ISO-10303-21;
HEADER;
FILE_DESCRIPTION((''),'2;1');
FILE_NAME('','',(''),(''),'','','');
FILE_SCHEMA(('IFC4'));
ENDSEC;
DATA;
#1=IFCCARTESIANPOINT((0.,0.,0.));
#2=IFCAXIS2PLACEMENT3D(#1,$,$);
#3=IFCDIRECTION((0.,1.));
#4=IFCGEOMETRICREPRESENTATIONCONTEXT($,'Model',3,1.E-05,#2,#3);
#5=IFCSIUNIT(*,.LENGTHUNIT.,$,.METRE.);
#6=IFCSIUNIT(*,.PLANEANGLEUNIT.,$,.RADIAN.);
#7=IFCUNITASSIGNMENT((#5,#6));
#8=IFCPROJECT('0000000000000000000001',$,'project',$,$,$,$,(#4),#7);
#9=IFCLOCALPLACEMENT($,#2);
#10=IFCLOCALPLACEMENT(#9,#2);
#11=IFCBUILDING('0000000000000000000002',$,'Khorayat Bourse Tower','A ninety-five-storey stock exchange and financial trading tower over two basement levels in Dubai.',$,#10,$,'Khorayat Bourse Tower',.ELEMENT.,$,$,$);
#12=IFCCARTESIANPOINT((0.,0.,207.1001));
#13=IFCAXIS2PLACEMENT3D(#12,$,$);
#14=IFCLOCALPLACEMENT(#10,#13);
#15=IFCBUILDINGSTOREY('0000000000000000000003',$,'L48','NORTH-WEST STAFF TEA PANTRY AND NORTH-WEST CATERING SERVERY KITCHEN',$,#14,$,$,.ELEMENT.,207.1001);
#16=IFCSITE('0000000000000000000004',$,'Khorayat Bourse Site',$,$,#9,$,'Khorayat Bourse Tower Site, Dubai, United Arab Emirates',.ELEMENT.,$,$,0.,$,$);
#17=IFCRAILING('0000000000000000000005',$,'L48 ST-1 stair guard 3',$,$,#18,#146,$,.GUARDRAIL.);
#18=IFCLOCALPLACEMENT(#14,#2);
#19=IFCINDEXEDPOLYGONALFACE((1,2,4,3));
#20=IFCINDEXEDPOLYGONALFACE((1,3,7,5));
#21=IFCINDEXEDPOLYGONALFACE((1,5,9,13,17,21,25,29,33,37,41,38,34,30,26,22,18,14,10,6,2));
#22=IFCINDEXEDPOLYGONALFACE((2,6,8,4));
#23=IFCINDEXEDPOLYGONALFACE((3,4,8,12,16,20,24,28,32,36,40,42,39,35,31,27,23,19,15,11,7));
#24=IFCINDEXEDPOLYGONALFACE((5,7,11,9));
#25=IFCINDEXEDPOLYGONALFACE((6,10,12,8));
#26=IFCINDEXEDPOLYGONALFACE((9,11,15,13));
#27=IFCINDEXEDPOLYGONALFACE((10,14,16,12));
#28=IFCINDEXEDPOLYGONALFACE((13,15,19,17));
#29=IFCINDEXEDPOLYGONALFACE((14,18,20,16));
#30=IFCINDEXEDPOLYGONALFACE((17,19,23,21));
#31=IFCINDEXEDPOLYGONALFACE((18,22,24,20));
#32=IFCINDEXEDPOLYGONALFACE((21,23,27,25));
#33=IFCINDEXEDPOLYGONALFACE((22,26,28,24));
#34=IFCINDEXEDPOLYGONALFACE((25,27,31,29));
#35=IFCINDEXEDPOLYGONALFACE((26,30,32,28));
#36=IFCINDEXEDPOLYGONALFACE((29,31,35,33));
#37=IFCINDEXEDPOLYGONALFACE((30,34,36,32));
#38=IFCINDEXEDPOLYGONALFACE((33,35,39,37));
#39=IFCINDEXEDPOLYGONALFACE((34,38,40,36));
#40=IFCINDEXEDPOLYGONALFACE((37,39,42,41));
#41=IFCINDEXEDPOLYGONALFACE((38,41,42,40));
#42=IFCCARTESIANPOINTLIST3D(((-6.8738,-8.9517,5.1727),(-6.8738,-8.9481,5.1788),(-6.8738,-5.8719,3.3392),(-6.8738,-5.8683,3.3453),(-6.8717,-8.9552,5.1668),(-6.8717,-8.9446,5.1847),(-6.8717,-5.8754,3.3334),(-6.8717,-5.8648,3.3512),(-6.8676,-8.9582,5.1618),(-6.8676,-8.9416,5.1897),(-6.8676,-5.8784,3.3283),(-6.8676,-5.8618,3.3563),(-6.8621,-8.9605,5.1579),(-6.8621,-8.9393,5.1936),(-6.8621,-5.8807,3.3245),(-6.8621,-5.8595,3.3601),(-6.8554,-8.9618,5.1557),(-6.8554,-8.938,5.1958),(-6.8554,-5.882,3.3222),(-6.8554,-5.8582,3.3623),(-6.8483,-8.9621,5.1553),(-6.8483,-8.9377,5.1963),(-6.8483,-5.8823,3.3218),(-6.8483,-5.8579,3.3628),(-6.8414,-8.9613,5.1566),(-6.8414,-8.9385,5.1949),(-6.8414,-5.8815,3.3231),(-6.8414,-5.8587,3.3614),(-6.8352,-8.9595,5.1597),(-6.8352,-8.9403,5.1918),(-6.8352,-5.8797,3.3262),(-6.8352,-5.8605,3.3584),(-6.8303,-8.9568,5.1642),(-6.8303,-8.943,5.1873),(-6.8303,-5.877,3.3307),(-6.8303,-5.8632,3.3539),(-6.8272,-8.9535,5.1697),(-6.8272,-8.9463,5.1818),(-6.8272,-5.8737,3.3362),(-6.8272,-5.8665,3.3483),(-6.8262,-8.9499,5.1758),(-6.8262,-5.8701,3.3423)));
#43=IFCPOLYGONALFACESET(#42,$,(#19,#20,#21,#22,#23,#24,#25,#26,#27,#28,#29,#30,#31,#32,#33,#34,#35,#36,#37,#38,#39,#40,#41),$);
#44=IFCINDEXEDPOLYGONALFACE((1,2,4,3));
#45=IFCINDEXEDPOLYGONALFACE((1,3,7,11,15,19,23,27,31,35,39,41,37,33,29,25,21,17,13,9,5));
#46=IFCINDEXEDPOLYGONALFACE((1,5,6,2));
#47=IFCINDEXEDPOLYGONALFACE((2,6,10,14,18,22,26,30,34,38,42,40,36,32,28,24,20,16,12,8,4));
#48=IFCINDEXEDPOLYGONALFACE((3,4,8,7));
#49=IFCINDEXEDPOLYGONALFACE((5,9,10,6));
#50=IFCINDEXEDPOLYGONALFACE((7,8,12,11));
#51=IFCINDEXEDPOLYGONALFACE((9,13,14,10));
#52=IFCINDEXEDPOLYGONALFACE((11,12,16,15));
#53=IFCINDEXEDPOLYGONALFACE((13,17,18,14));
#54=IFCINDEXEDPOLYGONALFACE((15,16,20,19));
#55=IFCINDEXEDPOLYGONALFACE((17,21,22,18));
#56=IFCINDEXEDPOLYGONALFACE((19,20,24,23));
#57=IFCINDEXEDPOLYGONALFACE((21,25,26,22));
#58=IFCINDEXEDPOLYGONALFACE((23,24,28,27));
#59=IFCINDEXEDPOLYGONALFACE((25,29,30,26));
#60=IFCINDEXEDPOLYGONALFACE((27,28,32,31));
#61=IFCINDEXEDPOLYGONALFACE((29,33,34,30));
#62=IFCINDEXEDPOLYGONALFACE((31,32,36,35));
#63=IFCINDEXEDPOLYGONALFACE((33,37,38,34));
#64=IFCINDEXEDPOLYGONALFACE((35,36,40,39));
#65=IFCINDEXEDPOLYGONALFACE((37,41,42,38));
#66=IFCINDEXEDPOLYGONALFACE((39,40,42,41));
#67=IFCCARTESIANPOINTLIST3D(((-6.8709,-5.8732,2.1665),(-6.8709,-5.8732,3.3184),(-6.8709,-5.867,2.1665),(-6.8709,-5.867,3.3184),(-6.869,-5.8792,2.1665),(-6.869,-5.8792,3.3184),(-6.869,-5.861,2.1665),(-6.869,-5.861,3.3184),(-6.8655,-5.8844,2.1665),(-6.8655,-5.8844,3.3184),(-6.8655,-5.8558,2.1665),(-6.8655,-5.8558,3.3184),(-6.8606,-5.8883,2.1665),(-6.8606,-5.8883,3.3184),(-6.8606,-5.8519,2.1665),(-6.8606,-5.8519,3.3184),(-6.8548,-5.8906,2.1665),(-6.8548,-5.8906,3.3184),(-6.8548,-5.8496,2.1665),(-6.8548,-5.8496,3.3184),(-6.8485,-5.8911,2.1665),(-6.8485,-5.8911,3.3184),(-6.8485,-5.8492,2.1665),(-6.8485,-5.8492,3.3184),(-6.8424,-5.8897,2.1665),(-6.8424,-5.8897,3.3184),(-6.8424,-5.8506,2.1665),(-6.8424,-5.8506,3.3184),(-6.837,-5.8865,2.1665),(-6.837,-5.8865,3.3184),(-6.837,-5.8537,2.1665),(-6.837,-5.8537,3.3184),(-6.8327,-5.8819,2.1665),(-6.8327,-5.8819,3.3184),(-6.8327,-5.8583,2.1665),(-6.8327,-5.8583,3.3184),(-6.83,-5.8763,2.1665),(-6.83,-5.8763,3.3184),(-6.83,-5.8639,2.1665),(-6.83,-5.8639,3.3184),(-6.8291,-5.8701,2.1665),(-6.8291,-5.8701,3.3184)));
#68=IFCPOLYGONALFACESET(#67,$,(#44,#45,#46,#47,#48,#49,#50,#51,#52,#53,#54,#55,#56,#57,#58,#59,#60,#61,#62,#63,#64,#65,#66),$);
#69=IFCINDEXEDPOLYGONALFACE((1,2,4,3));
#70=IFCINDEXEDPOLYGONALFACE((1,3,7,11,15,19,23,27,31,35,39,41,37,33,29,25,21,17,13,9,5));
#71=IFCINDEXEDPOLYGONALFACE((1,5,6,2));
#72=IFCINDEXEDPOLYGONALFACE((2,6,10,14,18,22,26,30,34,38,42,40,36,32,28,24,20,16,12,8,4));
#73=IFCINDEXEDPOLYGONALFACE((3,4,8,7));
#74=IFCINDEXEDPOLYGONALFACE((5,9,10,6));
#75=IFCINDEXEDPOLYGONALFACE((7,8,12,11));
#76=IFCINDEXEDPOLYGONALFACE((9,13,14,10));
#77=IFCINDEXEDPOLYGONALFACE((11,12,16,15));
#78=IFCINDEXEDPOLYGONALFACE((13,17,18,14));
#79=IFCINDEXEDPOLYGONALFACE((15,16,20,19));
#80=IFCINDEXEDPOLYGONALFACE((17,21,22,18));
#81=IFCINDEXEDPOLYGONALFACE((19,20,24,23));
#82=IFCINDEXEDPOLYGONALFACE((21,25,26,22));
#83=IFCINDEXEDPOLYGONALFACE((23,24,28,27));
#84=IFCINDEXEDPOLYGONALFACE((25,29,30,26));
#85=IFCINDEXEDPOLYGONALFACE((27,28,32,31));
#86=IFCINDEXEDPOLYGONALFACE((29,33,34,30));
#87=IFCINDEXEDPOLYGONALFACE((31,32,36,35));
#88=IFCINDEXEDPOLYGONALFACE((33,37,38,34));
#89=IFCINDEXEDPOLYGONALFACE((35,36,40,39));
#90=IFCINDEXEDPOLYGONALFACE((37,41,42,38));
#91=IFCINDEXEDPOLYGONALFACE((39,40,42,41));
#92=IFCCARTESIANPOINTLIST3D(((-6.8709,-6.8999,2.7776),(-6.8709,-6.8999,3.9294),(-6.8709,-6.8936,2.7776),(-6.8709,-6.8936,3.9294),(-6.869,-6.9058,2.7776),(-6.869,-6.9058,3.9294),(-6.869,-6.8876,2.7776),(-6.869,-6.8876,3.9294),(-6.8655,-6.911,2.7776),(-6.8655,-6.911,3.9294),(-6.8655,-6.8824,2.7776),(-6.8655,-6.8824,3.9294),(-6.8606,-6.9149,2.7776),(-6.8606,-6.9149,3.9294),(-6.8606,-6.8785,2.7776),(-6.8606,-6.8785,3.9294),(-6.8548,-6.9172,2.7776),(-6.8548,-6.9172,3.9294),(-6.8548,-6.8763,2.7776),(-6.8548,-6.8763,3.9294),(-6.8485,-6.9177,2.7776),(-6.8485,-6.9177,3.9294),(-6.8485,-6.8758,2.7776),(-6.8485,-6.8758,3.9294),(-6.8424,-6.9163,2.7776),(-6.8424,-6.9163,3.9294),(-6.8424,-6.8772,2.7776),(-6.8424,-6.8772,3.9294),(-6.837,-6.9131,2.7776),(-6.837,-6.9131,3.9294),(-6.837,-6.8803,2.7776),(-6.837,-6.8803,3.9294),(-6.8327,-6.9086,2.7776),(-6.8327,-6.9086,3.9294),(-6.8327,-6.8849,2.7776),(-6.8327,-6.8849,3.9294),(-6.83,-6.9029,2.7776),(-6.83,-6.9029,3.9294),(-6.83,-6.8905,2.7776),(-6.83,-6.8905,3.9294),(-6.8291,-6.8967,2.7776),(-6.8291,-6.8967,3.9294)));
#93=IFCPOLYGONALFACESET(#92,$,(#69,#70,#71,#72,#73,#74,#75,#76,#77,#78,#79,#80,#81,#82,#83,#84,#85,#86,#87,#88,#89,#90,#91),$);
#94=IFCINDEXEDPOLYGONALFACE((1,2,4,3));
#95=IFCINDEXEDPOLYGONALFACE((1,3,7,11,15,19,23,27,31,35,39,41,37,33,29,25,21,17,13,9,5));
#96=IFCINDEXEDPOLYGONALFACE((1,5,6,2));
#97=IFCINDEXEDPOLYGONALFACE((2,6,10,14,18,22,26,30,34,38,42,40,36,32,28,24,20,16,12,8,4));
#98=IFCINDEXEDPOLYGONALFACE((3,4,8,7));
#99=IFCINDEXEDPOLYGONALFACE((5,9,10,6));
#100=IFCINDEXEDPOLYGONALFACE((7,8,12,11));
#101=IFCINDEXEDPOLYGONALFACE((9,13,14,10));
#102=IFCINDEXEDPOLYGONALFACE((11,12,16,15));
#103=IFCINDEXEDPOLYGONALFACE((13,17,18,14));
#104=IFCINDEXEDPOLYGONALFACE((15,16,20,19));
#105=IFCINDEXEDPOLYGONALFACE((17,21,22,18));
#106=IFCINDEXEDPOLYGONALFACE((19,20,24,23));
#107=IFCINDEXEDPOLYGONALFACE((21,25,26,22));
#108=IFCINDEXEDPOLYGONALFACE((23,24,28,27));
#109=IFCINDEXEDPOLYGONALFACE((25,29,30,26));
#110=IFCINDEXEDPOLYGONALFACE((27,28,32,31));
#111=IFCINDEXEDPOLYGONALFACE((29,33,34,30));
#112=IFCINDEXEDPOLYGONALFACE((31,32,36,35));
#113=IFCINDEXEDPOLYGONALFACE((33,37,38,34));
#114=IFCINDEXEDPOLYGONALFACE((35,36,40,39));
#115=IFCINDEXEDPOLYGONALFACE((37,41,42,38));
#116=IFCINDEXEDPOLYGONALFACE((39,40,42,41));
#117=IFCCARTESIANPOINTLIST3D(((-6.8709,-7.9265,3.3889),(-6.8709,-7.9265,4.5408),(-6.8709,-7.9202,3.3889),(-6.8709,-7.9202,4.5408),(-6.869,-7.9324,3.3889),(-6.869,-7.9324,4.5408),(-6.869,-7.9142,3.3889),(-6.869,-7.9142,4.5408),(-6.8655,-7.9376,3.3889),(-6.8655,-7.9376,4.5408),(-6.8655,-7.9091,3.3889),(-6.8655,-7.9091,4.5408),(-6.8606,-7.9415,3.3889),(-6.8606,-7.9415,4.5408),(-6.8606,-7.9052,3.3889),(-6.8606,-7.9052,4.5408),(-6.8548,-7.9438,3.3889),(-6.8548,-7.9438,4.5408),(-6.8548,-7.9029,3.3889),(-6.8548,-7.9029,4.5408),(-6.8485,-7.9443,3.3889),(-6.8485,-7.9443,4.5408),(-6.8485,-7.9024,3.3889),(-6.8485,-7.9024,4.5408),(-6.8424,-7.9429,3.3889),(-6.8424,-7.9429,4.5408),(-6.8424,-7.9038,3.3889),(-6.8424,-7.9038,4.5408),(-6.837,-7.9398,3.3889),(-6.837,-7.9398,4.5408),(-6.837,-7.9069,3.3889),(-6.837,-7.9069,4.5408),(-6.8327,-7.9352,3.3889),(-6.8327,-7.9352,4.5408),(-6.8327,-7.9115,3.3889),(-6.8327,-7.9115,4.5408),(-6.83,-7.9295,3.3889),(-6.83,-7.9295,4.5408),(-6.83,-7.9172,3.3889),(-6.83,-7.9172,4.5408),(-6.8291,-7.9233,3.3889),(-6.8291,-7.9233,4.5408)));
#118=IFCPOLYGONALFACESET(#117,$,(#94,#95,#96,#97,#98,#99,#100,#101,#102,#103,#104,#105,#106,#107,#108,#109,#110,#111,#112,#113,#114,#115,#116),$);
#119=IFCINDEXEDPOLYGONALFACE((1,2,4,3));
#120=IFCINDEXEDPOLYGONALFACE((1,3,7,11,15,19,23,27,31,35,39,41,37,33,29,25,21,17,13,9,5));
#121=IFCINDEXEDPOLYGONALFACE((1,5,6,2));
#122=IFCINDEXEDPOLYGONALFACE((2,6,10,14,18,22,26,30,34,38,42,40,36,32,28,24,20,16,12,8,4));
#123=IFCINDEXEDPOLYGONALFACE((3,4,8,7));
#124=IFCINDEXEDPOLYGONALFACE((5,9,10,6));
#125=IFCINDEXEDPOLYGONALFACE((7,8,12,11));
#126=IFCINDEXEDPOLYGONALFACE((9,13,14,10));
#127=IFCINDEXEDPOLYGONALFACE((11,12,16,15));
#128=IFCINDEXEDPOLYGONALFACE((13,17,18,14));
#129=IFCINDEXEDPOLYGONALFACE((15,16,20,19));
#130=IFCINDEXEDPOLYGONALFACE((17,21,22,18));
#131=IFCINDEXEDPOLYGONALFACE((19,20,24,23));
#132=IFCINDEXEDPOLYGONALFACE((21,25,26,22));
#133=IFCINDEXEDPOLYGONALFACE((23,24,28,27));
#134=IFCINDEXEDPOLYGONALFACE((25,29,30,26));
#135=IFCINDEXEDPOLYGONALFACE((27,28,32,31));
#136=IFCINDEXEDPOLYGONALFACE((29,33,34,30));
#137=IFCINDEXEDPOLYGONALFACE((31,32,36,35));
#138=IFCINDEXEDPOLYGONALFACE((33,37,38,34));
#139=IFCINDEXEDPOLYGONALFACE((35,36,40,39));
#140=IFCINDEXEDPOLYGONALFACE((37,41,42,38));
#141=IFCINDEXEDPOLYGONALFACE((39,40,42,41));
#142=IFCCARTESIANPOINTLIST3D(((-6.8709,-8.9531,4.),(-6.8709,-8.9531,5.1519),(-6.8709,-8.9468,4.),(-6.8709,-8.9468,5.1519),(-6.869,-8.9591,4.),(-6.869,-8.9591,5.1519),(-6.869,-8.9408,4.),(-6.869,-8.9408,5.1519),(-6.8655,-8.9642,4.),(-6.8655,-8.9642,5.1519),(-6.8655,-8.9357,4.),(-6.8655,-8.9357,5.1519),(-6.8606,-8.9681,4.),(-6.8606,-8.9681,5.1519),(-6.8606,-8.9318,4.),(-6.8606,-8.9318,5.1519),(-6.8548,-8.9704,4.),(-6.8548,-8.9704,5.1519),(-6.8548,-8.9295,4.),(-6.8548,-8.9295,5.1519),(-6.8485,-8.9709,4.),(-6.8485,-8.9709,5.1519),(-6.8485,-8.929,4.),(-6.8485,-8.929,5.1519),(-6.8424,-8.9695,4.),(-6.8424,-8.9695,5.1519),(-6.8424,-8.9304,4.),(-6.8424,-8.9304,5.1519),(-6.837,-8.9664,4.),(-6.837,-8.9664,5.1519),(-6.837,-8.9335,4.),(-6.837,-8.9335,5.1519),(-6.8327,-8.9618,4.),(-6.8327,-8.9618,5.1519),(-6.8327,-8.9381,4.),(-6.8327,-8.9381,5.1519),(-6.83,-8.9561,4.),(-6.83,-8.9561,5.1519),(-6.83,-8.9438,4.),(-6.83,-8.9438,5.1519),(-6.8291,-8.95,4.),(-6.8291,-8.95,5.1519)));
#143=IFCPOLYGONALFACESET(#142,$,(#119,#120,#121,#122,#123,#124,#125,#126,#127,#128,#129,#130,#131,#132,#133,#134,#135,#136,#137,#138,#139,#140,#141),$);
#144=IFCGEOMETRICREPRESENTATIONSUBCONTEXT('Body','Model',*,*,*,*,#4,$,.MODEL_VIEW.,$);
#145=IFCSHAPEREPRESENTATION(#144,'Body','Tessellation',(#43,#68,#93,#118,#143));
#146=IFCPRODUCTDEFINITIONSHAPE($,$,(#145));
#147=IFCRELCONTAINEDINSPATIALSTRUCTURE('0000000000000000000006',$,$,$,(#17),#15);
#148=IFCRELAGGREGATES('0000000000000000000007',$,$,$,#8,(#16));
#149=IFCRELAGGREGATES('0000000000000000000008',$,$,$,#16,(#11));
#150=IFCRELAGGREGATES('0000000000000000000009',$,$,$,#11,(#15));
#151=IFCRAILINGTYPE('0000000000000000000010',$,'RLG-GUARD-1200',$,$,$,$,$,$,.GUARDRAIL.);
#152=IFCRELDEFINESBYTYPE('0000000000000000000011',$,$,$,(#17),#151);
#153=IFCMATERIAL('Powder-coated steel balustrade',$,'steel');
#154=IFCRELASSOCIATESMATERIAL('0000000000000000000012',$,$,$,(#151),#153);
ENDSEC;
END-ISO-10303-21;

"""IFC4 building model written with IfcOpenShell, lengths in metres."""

from ifc_helpers import new_model, si_unit, direction, frame, origin, origin_2d, place, context, subcontext, project, spatial, circle, extrude, source, transform, mapped, material, type_object, element, save


model = new_model("IFC4")

# Units and contexts
model_context = context("Model", 3, precision=1e-05, world=origin(), true_north=direction((0.0, 1.0)))
body_context = subcontext(model_context, "Body", "Model", "MODEL_VIEW")
ifc_project = project(units=[si_unit("LENGTHUNIT", "METRE"), si_unit("PLANEANGLEUNIT", "RADIAN")], contexts=[model_context])

# Site, building, storey
site_placement = place(None, origin())
site = spatial("IfcSite", under=ifc_project, at=site_placement, Name="Khorayat Bourse Site", LongName="Khorayat Bourse Tower Site, Dubai, United Arab Emirates", CompositionType="ELEMENT", RefElevation=0.0)
building_placement = place(site_placement, origin())
building = spatial("IfcBuilding", under=site, at=building_placement, Name="Khorayat Bourse Tower", Description="A ninety-five-storey stock exchange and financial trading tower over two basement levels in Dubai.", LongName="Khorayat Bourse Tower", CompositionType="ELEMENT")
storey_placement = place(building_placement, frame((0.0, 0.0, 207.1001)))
storey = spatial("IfcBuildingStorey", under=building, at=storey_placement, Name="L48", Description="NORTH-WEST STAFF TEA PANTRY AND NORTH-WEST CATERING SERVERY KITCHEN", CompositionType="ELEMENT", Elevation=207.1001)

# Railing
ifc_material_1 = material(Name="Powder-coated steel balustrade", Category="steel")
railing_type_1 = type_object("IfcRailingType", Name="RLG-GUARD-1200", PredefinedType="GUARDRAIL", material=ifc_material_1)
shared_shape_1 = source(origin(), body_context, "Body", "SweptSolid", [
    extrude(circle(Radius=0.0239, at=origin_2d()), frame((0.0, 0.0, 1.1758), z_axis=(0.0, -0.859261, 0.511538), x_axis=(1.0, 0.0, 0.0)), (0.0, 0.0, 1.0), 3.5842),
    extrude(circle(Radius=0.021, at=origin_2d()), origin(), (0.0, 0.0, 1.0), 1.1519),
    extrude(circle(Radius=0.021, at=origin_2d()), frame((0.0, -1.0266, 0.6111)), (0.0, 0.0, 1.0), 1.1519),
    extrude(circle(Radius=0.021, at=origin_2d()), frame((0.0, -2.0532, 1.2224)), (0.0, 0.0, 1.0), 1.1519),
    extrude(circle(Radius=0.021, at=origin_2d()), frame((0.0, -3.0798, 1.8335)), (0.0, 0.0, 1.0), 1.1519),
])
railing_1_placement = place(storey_placement, frame((-6.8501, -5.8701, 2.1665)))
element("IfcRailing", 1, at=railing_1_placement, inside=storey, type_object=railing_type_1, Name="L48 ST-1 stair guard 3", PredefinedType="GUARDRAIL", context=body_context, shape_type="MappedRepresentation", body=[
    mapped(shared_shape_1, transform((0.0, 0.0, 0.0), scale=1.0)),
])

save(model, "model.ifc")
